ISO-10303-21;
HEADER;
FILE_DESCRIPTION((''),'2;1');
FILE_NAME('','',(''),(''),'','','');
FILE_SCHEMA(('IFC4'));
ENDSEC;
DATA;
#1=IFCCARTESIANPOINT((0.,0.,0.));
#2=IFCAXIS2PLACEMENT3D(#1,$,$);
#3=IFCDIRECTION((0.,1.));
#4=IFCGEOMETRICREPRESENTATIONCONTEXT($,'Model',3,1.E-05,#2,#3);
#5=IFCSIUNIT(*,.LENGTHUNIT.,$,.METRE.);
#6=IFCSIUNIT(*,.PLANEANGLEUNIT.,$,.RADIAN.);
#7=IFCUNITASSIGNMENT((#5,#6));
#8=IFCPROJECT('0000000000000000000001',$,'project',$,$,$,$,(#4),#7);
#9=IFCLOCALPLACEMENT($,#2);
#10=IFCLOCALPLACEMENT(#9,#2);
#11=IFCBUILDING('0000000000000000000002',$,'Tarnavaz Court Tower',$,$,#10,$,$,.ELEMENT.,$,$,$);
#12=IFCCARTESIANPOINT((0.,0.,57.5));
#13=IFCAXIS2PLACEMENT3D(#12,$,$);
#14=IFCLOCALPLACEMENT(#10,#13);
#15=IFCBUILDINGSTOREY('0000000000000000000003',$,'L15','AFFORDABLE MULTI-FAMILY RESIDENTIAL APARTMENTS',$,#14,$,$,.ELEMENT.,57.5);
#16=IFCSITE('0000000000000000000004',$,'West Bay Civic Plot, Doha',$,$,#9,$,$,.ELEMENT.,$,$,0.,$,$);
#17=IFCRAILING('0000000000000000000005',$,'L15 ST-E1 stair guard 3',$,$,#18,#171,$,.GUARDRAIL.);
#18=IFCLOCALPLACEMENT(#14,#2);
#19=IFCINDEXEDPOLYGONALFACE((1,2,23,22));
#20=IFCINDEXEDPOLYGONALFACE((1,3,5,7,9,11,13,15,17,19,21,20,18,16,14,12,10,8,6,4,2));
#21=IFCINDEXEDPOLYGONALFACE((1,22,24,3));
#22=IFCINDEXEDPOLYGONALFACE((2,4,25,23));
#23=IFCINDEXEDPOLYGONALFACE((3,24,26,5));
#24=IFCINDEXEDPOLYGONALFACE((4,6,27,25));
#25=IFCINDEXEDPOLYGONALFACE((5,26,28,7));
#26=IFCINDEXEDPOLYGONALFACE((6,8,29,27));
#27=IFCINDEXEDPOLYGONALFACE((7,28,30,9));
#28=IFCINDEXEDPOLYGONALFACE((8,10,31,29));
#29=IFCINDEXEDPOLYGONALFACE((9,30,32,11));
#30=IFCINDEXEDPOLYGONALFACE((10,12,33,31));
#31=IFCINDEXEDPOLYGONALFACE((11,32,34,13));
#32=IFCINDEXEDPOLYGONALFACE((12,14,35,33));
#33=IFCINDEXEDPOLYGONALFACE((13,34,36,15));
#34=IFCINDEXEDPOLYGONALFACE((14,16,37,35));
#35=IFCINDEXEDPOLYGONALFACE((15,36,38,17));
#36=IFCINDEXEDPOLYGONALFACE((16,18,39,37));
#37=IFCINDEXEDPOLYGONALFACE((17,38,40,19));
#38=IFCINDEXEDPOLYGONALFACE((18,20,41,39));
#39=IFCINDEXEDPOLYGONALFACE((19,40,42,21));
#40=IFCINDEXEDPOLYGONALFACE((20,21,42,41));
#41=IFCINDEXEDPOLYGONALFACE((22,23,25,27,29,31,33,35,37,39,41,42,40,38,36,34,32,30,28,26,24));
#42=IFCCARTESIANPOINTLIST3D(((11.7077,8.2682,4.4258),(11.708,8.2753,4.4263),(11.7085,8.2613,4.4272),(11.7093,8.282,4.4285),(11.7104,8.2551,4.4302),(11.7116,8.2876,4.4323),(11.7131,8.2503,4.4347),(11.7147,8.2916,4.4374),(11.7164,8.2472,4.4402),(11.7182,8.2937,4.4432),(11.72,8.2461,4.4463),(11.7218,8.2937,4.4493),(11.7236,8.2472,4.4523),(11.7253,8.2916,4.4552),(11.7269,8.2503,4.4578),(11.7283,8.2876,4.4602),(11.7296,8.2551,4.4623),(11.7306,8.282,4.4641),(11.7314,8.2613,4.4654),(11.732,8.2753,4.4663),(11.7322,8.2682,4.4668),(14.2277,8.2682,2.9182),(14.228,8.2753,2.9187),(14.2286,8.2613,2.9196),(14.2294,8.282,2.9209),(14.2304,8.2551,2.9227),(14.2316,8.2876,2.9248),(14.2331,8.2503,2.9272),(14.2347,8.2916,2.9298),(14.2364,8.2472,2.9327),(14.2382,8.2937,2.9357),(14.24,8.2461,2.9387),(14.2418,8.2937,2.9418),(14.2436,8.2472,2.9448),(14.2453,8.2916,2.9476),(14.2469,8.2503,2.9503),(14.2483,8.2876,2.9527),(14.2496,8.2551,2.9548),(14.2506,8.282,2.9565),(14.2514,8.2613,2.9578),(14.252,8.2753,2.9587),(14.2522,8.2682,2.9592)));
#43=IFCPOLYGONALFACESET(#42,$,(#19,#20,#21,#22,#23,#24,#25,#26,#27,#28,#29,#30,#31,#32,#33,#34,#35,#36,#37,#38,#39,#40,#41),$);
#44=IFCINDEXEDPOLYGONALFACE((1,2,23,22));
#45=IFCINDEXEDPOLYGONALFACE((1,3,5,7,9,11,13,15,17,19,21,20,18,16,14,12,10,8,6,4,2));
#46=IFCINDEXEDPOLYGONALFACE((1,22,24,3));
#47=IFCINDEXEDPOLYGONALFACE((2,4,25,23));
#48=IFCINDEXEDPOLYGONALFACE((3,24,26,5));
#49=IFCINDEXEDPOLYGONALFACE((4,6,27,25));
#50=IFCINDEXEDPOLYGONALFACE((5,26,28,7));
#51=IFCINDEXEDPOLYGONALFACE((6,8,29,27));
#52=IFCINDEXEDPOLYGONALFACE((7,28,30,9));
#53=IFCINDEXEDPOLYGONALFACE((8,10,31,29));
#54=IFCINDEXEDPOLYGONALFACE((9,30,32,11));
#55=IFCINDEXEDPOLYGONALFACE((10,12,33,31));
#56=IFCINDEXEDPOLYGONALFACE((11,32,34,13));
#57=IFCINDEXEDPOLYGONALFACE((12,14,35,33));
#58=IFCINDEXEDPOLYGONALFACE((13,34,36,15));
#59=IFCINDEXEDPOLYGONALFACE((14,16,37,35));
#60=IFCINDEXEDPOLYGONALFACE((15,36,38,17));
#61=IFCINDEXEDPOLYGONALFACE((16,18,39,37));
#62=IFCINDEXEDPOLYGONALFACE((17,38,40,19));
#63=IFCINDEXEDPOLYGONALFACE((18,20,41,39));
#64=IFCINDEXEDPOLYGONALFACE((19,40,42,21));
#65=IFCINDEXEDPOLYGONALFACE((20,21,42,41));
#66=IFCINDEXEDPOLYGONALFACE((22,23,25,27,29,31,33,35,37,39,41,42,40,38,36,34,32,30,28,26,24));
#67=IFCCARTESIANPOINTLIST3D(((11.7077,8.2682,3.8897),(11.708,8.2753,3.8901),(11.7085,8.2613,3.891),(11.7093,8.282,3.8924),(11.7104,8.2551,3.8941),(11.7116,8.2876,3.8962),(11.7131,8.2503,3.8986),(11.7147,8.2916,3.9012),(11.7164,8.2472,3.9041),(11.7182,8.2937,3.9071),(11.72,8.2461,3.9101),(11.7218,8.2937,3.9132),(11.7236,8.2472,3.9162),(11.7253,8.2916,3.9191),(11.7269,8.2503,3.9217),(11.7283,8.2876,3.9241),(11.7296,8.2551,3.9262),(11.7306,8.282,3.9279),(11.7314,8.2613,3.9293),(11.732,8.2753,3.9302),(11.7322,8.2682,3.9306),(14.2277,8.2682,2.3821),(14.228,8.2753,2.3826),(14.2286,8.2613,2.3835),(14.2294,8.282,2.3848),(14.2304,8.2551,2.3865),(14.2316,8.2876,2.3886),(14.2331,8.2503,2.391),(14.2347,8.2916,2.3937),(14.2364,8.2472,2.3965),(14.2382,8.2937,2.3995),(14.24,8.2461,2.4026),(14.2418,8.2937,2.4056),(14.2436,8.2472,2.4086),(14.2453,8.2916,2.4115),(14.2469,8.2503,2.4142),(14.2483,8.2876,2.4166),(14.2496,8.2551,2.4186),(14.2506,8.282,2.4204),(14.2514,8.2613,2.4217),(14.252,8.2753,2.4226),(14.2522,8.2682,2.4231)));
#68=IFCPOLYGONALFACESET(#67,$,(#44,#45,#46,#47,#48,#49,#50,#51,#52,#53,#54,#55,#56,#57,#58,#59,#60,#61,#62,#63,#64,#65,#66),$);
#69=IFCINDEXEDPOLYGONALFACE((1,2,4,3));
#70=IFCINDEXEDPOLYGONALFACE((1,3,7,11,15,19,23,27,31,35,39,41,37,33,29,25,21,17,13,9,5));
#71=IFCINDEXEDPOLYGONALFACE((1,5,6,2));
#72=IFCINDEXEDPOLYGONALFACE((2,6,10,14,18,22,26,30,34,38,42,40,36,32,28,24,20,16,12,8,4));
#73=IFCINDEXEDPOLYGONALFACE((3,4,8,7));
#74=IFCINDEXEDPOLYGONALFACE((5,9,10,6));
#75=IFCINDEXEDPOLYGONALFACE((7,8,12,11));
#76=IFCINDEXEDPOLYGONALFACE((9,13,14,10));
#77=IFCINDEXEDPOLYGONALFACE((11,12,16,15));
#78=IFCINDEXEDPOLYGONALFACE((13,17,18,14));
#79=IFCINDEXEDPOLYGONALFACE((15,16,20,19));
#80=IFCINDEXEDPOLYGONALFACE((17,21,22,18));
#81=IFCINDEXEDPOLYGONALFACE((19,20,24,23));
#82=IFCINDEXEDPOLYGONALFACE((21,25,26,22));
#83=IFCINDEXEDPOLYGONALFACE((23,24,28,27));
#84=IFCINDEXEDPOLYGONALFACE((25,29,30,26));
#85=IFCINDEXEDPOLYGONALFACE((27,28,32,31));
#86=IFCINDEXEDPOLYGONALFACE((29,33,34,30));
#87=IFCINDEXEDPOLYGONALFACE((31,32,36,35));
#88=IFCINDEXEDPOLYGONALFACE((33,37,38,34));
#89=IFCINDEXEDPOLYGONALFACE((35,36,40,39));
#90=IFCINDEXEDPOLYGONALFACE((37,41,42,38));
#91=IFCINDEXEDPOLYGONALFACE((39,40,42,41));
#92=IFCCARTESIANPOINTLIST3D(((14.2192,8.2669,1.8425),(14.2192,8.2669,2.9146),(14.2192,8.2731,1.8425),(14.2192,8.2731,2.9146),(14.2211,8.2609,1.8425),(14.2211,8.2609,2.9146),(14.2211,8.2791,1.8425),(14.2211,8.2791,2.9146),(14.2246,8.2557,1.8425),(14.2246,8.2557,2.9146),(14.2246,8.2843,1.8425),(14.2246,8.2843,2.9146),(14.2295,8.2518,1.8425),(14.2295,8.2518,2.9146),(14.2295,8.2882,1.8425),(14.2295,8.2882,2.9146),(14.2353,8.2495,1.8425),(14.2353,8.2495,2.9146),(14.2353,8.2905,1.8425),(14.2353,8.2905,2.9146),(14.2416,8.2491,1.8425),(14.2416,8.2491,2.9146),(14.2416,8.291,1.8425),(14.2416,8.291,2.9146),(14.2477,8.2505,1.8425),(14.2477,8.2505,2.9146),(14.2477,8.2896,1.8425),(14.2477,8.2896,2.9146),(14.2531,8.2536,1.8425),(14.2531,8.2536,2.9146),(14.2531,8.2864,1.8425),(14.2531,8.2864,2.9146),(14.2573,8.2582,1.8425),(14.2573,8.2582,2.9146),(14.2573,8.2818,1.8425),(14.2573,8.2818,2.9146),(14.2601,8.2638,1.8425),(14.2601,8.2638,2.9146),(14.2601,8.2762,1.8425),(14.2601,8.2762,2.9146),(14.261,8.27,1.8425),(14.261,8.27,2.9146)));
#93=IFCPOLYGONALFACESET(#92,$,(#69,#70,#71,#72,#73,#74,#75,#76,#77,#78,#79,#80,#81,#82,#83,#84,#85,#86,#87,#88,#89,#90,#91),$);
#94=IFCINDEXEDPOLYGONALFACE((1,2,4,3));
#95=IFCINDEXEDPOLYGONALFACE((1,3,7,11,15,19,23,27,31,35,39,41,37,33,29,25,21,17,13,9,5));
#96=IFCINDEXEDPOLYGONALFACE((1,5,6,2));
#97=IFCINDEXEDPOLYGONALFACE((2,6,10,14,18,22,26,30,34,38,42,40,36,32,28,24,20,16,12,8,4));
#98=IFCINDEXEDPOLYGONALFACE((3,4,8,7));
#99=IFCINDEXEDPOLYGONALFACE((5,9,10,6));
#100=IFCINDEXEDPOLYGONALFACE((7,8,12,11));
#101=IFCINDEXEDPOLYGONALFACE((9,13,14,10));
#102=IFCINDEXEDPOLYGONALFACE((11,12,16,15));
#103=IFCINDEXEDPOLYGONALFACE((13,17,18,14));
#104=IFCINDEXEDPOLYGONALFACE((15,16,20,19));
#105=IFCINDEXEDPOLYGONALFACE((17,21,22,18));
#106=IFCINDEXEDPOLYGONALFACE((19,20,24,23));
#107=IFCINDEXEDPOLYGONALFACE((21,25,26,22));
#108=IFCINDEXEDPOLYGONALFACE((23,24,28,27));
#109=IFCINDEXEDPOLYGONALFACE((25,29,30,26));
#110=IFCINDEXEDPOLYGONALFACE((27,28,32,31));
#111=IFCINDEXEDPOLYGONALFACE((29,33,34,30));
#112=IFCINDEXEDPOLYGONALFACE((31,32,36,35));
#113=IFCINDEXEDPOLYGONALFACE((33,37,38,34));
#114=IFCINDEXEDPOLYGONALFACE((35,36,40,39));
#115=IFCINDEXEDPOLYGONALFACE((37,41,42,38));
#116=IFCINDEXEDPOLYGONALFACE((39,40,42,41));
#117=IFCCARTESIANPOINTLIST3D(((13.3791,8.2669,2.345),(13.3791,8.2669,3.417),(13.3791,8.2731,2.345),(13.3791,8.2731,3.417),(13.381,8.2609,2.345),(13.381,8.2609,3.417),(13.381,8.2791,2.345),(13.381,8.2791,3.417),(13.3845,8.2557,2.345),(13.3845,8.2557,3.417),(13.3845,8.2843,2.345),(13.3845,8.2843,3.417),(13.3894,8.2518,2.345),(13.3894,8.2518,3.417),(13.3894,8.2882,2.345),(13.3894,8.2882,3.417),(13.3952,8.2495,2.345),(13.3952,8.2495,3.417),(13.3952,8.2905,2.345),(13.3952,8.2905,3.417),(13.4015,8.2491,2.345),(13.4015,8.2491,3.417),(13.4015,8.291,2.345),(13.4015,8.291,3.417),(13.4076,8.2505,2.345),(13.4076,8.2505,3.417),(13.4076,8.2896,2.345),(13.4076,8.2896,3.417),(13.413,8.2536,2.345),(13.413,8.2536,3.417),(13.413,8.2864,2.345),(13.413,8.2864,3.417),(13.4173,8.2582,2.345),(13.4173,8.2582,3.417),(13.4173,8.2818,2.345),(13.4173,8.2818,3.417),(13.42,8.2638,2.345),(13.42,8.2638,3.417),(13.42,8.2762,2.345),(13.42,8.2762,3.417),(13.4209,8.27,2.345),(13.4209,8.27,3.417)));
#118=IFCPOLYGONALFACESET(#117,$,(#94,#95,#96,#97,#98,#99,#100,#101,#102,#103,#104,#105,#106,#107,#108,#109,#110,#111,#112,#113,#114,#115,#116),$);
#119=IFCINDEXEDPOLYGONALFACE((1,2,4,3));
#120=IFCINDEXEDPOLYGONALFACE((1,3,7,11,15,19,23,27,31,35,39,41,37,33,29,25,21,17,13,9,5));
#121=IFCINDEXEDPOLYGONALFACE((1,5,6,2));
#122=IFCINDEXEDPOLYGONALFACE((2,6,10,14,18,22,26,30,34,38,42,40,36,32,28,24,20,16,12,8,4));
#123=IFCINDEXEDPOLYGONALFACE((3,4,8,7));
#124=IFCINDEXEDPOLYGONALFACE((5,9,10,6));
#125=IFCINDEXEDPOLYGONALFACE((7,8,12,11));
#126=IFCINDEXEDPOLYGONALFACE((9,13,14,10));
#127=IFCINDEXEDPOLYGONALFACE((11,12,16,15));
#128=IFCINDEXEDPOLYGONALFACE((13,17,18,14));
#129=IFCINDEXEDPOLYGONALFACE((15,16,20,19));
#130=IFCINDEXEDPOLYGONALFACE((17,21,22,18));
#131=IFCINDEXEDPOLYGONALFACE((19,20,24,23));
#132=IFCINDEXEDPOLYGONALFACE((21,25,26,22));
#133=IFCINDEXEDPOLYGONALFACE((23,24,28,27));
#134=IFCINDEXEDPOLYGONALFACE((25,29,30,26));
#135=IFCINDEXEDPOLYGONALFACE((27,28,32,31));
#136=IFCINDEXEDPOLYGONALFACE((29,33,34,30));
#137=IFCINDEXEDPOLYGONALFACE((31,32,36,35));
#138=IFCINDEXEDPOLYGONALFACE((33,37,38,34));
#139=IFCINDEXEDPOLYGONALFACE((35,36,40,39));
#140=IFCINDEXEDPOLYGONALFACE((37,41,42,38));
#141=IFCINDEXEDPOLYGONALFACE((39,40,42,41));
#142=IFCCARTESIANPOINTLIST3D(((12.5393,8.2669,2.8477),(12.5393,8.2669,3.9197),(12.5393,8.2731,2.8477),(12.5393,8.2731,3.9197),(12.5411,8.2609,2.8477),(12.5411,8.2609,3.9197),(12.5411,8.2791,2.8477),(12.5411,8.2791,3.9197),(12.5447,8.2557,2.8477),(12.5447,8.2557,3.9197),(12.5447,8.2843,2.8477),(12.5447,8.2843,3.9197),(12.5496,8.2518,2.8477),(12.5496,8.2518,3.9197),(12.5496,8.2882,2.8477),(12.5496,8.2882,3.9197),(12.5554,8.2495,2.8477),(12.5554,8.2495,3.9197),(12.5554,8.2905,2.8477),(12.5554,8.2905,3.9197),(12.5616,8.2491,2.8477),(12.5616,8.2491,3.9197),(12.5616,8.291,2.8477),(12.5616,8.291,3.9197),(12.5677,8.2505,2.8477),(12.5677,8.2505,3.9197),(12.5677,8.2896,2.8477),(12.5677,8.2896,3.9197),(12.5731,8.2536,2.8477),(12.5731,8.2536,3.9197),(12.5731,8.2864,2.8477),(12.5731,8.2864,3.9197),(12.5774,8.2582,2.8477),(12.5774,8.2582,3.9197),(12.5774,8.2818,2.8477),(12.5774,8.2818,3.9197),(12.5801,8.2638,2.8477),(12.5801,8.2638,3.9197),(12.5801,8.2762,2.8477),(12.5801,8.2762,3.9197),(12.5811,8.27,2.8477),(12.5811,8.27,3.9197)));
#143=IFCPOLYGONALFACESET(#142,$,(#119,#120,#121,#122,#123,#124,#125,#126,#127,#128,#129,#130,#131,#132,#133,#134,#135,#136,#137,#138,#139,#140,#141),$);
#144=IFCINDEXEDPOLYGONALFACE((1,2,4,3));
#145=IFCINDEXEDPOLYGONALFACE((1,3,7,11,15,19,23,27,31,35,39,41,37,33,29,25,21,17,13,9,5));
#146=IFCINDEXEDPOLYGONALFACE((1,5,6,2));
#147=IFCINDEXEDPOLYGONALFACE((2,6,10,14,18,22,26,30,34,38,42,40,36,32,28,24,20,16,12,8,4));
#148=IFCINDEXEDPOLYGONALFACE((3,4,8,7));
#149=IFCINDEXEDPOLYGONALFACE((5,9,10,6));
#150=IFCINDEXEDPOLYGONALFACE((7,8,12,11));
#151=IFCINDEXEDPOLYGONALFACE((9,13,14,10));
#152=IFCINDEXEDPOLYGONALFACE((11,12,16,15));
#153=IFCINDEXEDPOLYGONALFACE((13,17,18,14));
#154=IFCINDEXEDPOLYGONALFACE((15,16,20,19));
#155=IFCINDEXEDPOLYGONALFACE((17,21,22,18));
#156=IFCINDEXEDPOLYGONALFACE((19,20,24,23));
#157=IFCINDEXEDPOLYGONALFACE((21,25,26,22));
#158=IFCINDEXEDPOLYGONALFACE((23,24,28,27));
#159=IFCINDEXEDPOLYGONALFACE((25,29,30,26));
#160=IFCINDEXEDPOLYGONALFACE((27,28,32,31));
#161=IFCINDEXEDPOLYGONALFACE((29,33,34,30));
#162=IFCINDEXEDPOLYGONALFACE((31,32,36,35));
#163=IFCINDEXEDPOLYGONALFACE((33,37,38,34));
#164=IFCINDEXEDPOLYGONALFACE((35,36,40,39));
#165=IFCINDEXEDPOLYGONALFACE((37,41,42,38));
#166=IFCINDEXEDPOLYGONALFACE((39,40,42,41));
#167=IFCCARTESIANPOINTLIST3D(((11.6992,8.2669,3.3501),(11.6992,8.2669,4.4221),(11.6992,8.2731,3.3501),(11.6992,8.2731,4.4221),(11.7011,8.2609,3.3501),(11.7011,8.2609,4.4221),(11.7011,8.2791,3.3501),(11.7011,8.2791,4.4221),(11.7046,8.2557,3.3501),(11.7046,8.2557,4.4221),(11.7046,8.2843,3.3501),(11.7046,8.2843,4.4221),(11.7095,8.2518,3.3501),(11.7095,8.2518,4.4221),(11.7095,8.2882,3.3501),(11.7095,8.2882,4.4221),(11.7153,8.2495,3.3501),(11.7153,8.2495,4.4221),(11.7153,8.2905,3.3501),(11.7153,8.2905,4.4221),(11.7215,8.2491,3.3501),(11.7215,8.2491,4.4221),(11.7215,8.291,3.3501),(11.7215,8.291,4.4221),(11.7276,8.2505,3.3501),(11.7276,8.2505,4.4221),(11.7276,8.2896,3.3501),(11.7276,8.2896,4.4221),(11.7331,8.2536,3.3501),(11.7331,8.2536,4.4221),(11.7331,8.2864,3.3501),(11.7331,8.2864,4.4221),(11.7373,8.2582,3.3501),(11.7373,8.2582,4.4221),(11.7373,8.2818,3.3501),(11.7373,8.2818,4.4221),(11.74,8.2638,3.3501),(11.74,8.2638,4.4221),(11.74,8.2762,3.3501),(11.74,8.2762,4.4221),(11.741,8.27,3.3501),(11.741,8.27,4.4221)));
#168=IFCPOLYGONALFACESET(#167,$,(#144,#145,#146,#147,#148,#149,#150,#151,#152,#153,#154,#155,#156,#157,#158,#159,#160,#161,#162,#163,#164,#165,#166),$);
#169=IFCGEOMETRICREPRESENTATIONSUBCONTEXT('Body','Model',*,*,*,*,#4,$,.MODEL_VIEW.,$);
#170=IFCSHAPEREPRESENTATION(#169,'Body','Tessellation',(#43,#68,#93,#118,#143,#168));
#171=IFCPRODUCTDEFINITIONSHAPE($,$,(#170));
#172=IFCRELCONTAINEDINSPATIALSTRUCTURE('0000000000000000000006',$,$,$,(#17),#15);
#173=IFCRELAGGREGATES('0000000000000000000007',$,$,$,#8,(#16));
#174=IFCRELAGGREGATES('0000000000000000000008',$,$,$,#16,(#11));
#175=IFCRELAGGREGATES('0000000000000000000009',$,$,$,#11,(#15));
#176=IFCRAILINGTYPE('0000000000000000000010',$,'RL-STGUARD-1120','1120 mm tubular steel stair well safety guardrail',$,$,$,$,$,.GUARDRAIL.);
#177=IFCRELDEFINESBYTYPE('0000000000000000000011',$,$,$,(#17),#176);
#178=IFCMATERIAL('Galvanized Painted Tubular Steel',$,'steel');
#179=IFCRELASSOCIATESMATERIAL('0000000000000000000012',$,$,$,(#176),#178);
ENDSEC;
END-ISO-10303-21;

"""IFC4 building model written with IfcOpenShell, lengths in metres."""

from ifc_helpers import new_model, si_unit, direction, frame, origin, origin_2d, place, context, subcontext, project, spatial, circle, extrude, material, type_object, element, save


model = new_model("IFC4")

# Units and contexts
model_context = context("Model", 3, precision=1e-05, world=origin(), true_north=direction((0.0, 1.0)))
body_context = subcontext(model_context, "Body", "Model", "MODEL_VIEW")
ifc_project = project(units=[si_unit("LENGTHUNIT", "METRE"), si_unit("PLANEANGLEUNIT", "RADIAN")], contexts=[model_context])

# Site, building, storey
site_placement = place(None, origin())
site = spatial("IfcSite", under=ifc_project, at=site_placement, Name="West Bay Civic Plot, Doha", CompositionType="ELEMENT", RefElevation=0.0)
building_placement = place(site_placement, origin())
building = spatial("IfcBuilding", under=site, at=building_placement, Name="Tarnavaz Court Tower", CompositionType="ELEMENT")
storey_placement = place(building_placement, frame((0.0, 0.0, 57.5)))
storey = spatial("IfcBuildingStorey", under=building, at=storey_placement, Name="L15", Description="AFFORDABLE MULTI-FAMILY RESIDENTIAL APARTMENTS", CompositionType="ELEMENT", Elevation=57.5)

# Railing
ifc_material_1 = material(Name="Galvanized Painted Tubular Steel", Category="steel")
railing_type_1 = type_object("IfcRailingType", Name="RL-STGUARD-1120", Description="1120 mm tubular steel stair well safety guardrail", PredefinedType="GUARDRAIL", material=ifc_material_1)
railing_1_placement = place(storey_placement, frame((14.24, 8.27, 1.8425)))
element("IfcRailing", 1, at=railing_1_placement, inside=storey, type_object=railing_type_1, Name="L15 ST-E1 stair guard 3", PredefinedType="GUARDRAIL", context=body_context, shape_type="SweptSolid", body=[
    extrude(circle(Radius=0.0239, at=origin_2d()), frame((0.0, 0.0, 1.0962), z_axis=(-0.85816, 0.0, 0.513383), x_axis=(0.0, -1.0, 0.0)), (0.0, 0.0, 1.0), 2.9365),
    extrude(circle(Radius=0.0239, at=origin_2d()), frame((0.0, 0.0, 0.5601), z_axis=(-0.85816, 0.0, 0.513383), x_axis=(0.0, -1.0, 0.0)), (0.0, 0.0, 1.0), 2.9365),
    extrude(circle(Radius=0.021, at=origin_2d()), origin(), (0.0, 0.0, 1.0), 1.072),
    extrude(circle(Radius=0.021, at=origin_2d()), frame((-0.8401, 0.0, 0.5024)), (0.0, 0.0, 1.0), 1.072),
    extrude(circle(Radius=0.021, at=origin_2d()), frame((-1.6799, 0.0, 1.0051)), (0.0, 0.0, 1.0), 1.072),
    extrude(circle(Radius=0.021, at=origin_2d()), frame((-2.52, 0.0, 1.5076)), (0.0, 0.0, 1.0), 1.072),
])

save(model, "model.ifc")
